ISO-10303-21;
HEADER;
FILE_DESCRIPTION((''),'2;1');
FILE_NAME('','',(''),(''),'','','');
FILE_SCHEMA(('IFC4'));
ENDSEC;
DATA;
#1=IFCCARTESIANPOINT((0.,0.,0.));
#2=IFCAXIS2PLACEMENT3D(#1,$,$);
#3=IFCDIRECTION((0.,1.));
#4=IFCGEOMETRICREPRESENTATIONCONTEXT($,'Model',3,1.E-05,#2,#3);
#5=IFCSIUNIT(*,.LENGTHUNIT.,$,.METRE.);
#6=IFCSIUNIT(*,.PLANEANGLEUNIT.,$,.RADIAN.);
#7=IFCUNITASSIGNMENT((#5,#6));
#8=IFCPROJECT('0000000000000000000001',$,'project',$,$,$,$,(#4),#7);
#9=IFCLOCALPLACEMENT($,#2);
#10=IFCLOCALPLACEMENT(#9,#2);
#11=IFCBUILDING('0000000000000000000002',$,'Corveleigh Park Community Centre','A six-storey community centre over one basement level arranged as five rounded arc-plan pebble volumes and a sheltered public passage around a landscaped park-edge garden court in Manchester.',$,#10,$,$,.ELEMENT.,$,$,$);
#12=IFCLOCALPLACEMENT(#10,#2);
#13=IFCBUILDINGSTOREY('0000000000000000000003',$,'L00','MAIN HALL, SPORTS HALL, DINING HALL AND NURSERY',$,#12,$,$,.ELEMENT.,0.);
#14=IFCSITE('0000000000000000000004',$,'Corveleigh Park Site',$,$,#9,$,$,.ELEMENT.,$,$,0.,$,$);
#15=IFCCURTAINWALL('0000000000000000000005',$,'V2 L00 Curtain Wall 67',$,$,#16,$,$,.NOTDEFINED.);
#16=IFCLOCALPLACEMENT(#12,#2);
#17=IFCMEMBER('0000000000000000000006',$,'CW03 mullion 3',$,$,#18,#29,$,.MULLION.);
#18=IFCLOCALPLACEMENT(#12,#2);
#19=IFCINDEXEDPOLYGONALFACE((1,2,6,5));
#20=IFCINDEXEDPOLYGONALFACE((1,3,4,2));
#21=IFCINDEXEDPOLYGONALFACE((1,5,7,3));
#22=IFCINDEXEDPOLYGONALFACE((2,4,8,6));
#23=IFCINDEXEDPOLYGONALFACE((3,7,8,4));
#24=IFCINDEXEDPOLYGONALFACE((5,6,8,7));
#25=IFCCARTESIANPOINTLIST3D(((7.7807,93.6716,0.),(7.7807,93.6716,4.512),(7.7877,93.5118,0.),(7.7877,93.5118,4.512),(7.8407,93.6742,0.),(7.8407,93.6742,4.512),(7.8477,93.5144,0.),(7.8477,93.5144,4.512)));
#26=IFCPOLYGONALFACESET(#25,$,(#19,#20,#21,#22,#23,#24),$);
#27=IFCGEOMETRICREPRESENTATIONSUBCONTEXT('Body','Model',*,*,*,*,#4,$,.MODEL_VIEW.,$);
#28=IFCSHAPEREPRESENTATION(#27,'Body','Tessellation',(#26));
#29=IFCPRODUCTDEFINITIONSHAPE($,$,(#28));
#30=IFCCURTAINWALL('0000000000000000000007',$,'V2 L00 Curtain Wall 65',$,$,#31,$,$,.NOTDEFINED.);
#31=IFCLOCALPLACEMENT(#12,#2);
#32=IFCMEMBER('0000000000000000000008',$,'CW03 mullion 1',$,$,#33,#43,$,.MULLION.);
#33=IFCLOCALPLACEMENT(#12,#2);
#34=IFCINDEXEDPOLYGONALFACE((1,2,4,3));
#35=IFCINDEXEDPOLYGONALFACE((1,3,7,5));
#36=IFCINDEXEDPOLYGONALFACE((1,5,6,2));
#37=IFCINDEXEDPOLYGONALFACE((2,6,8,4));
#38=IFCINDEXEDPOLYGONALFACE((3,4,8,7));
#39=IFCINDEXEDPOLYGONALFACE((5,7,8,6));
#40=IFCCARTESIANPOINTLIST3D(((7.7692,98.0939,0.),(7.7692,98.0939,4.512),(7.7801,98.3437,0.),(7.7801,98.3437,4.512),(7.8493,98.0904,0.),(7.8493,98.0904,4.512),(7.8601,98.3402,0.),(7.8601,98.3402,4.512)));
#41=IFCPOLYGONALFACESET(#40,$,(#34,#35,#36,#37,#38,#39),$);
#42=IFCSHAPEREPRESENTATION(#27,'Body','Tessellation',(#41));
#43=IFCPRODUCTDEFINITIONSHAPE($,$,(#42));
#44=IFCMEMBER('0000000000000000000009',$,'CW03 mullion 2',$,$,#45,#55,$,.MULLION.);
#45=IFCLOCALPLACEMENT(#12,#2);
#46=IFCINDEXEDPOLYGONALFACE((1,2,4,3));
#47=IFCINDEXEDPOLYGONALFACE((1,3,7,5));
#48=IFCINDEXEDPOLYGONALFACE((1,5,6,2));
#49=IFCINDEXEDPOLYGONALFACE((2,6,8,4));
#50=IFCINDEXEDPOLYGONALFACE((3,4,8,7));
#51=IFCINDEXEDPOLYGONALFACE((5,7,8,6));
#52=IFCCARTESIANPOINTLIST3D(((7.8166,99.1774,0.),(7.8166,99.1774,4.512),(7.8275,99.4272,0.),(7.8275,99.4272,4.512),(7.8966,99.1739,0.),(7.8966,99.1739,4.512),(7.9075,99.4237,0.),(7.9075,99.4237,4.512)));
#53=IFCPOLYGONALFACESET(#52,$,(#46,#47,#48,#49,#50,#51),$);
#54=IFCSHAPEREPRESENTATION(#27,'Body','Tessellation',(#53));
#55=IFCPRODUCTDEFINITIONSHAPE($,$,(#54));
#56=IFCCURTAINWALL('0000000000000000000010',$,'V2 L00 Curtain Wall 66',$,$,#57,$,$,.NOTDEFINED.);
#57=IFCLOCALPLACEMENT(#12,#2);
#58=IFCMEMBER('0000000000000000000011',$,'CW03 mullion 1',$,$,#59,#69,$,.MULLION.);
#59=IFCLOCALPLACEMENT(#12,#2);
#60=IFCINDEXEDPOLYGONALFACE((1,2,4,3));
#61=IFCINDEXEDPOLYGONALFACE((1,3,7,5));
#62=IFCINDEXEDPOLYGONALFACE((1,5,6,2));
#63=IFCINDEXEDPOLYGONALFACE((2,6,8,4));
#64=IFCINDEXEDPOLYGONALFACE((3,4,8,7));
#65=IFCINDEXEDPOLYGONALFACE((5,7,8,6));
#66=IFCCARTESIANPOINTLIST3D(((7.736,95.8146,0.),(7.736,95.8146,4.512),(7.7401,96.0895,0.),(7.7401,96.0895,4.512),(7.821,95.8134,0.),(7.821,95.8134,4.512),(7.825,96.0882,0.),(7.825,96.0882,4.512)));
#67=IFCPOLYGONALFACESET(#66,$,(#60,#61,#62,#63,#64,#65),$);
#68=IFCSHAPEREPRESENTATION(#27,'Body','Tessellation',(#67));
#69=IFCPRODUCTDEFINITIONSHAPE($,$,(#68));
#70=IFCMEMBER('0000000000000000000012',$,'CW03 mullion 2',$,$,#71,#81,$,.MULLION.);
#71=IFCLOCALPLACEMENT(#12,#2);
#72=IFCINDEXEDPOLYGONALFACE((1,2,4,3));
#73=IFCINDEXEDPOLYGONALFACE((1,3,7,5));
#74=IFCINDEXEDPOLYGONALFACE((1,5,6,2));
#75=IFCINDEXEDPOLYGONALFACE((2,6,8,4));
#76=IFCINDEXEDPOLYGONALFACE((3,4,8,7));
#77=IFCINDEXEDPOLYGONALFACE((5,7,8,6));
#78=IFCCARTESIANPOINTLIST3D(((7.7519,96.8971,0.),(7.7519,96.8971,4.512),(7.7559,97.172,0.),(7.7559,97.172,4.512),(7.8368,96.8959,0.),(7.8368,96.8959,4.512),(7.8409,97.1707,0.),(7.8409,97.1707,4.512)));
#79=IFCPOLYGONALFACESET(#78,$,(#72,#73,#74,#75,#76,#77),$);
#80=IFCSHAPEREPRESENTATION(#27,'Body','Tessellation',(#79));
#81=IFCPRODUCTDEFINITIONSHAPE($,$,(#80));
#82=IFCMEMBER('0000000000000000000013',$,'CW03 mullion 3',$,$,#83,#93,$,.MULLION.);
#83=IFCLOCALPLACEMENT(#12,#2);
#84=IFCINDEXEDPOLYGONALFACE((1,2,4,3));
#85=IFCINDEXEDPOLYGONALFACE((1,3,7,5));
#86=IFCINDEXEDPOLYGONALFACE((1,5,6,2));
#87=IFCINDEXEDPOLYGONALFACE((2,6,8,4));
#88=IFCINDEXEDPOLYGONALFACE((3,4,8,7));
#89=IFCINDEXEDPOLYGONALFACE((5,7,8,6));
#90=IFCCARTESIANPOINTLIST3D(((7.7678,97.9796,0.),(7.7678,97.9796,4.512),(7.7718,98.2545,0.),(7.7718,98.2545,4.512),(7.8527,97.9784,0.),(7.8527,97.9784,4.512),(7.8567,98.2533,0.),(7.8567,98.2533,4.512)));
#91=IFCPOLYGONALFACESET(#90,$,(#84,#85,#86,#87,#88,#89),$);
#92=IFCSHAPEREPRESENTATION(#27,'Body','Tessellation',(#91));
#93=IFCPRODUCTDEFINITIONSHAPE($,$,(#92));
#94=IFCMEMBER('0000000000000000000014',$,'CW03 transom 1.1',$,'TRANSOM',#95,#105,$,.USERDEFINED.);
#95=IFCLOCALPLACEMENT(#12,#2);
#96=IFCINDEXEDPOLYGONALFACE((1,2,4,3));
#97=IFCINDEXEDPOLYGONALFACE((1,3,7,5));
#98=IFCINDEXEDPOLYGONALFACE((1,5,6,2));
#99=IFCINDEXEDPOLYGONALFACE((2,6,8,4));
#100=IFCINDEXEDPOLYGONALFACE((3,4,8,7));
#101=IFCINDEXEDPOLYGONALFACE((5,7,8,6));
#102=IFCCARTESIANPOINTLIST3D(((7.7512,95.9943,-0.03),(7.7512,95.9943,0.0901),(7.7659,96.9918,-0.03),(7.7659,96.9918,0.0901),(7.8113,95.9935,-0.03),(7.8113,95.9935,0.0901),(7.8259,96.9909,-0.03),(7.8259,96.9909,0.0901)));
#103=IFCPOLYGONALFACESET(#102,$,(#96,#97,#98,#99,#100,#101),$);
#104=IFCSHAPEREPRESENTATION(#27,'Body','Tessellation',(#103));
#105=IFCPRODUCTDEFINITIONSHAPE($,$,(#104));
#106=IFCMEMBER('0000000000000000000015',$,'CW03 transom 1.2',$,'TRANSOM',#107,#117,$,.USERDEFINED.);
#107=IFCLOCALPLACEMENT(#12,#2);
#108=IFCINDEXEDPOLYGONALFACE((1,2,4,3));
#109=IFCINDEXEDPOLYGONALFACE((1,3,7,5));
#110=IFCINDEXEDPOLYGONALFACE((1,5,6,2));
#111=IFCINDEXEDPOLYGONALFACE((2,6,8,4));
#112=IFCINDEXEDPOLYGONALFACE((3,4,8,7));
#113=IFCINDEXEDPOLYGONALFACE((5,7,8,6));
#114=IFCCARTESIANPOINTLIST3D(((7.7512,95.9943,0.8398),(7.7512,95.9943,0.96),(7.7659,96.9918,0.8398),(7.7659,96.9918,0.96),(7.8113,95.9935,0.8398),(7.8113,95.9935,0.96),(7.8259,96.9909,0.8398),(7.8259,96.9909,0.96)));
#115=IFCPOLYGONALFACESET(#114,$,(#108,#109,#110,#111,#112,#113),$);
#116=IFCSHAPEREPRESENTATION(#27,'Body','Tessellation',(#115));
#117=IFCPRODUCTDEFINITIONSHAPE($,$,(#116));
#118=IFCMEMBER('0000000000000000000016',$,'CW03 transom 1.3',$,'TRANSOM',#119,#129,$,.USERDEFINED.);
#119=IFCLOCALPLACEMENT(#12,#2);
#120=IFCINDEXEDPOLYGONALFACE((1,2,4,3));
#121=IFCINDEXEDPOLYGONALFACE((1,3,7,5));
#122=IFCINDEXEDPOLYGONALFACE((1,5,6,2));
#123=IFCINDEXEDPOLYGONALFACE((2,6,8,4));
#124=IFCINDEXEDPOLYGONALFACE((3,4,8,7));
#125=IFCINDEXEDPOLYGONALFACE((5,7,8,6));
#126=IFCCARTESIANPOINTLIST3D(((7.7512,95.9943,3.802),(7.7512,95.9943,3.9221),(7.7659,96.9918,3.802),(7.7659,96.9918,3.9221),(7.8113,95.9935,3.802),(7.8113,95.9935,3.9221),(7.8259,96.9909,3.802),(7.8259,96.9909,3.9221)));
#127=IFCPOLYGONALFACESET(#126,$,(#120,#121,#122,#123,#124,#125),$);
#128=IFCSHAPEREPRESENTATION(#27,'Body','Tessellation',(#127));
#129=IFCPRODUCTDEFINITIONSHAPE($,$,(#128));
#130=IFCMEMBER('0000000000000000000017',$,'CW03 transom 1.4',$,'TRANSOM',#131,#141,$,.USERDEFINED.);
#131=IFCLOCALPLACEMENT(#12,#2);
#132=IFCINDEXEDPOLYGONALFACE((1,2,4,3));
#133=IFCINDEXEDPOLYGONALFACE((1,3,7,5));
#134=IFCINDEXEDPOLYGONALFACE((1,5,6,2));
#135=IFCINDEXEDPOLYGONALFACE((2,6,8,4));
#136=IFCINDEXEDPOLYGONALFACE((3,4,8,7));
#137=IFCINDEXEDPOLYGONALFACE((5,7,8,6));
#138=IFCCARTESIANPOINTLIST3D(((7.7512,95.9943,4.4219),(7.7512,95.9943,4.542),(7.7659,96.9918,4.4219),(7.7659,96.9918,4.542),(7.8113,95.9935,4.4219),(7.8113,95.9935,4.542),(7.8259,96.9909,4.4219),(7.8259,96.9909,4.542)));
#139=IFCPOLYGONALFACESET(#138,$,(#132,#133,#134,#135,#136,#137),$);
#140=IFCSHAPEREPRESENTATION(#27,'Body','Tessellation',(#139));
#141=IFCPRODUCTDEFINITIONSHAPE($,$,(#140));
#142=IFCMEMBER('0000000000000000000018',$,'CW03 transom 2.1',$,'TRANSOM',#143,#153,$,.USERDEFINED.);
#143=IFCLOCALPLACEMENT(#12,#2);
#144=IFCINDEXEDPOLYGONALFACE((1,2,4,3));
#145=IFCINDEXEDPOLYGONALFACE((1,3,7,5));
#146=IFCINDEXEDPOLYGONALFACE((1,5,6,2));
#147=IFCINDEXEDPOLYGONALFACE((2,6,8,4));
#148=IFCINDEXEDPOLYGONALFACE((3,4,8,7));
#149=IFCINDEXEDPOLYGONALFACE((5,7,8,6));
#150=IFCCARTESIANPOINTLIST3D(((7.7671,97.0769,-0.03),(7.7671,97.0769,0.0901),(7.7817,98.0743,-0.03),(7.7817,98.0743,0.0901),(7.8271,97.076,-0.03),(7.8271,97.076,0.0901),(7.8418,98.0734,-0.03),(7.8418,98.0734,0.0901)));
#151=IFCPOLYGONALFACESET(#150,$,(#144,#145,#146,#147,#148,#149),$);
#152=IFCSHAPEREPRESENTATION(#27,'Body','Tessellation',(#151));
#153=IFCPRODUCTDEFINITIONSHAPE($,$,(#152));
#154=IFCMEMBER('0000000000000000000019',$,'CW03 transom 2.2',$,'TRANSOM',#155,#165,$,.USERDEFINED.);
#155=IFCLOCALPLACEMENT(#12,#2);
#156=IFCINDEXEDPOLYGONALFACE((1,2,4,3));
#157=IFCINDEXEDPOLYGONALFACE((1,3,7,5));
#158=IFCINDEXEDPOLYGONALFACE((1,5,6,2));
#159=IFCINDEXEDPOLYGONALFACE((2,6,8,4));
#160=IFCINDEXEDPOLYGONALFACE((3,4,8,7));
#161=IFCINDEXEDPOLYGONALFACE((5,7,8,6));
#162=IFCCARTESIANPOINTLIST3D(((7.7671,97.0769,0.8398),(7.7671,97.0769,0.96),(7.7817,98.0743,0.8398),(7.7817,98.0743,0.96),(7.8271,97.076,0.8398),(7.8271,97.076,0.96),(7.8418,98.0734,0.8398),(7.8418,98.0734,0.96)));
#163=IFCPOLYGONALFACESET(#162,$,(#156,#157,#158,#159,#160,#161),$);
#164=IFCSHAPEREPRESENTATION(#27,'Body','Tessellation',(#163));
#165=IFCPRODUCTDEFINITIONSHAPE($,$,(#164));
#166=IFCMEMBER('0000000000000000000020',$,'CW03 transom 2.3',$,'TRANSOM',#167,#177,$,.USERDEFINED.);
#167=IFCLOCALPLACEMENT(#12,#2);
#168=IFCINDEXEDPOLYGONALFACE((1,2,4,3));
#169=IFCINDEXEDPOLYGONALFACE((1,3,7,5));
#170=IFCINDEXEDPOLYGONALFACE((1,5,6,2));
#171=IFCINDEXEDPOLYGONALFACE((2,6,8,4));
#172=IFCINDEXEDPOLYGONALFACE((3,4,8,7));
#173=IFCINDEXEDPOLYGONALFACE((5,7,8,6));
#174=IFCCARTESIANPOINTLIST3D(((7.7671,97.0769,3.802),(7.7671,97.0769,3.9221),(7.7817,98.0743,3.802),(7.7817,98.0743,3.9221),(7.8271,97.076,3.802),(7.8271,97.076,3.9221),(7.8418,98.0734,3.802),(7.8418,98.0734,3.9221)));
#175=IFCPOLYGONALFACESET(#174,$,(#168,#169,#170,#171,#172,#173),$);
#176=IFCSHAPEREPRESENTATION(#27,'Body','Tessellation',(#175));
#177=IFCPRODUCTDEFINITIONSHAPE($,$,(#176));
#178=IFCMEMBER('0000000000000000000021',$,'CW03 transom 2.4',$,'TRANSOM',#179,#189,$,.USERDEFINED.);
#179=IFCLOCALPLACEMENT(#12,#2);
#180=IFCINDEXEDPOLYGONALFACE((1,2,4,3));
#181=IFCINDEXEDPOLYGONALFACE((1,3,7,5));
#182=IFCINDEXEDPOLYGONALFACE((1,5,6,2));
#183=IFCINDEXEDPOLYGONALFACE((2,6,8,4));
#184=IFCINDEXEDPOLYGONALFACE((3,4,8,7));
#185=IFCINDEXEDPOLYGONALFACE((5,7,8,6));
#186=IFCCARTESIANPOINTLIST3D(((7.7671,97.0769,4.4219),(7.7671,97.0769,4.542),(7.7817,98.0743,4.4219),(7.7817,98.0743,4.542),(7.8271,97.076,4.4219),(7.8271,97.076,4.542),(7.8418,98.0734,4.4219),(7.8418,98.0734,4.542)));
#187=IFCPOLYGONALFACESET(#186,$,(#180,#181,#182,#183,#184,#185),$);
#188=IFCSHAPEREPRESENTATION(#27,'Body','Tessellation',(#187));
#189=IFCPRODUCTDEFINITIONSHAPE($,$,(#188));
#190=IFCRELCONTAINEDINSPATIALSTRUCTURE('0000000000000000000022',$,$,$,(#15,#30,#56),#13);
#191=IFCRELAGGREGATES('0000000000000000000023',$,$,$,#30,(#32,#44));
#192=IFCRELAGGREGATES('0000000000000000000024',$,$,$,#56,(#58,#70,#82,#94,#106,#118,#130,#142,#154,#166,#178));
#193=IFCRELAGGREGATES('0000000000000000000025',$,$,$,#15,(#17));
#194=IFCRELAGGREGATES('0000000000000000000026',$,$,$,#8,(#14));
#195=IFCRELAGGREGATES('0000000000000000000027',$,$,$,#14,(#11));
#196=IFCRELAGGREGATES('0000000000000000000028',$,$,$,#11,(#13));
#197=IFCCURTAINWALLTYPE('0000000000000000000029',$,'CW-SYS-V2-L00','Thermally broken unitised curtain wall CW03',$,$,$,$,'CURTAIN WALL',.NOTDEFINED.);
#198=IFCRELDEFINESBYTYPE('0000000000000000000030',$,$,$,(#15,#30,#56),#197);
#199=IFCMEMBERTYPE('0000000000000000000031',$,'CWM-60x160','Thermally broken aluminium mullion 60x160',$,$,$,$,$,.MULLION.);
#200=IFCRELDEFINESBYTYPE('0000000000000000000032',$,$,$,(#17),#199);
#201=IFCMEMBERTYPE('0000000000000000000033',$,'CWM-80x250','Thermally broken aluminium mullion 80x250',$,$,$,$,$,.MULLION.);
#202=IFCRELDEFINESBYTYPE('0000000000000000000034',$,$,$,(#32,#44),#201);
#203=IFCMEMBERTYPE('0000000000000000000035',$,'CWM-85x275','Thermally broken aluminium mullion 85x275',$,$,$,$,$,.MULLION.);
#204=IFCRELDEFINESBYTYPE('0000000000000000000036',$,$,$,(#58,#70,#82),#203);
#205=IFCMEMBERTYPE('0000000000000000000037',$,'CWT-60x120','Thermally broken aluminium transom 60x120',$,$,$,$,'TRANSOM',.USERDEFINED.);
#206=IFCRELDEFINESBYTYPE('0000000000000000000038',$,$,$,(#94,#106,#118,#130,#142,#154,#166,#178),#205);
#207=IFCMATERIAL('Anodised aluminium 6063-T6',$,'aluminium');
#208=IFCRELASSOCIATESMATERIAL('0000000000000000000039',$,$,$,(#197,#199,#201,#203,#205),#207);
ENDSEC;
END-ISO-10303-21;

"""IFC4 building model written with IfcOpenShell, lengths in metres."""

from ifc_helpers import new_model, si_unit, direction, frame, origin, origin_2d, place, context, subcontext, project, spatial, rectangle, extrude, material, material_profile, profile_set, type_object, element, aggregate, save


model = new_model("IFC4")

# Units and contexts
model_context = context("Model", 3, precision=1e-05, world=origin(), true_north=direction((0.0, 1.0)))
body_context = subcontext(model_context, "Body", "Model", "MODEL_VIEW")
ifc_project = project(units=[si_unit("LENGTHUNIT", "METRE"), si_unit("PLANEANGLEUNIT", "RADIAN")], contexts=[model_context])

# Site, building, storey
site_placement = place(None, origin())
site = spatial("IfcSite", under=ifc_project, at=site_placement, Name="Corveleigh Park Site", CompositionType="ELEMENT", RefElevation=0.0)
building_placement = place(site_placement, origin())
building = spatial("IfcBuilding", under=site, at=building_placement, Name="Corveleigh Park Community Centre", Description="A six-storey community centre over one basement level arranged as five rounded arc-plan pebble volumes and a sheltered public passage around a landscaped park-edge garden court in Manchester.", CompositionType="ELEMENT")
storey_placement = place(building_placement, origin())
storey = spatial("IfcBuildingStorey", under=building, at=storey_placement, Name="L00", Description="MAIN HALL, SPORTS HALL, DINING HALL AND NURSERY", CompositionType="ELEMENT", Elevation=0.0)

# Curtain wall, member
ifc_material_1 = material(Name="Anodised aluminium 6063-T6", Category="aluminium")
curtain_wall_type = type_object("IfcCurtainWallType", Name="CW-SYS-V2-L00", Description="Thermally broken unitised curtain wall CW03", ElementType="CURTAIN WALL", PredefinedType="NOTDEFINED", material=ifc_material_1)
curtain_wall_1_placement = place(storey_placement, origin())
curtain_wall_1 = element("IfcCurtainWall", 1, at=curtain_wall_1_placement, inside=storey, type_object=curtain_wall_type, Name="V2 L00 Curtain Wall 67", PredefinedType="NOTDEFINED")
ifc_material_profile_1 = material_profile(ifc_material_1, rectangle(XDim=0.0601, YDim=0.1599, at=origin_2d()), Name="ALU-M60x160", Category="aluminium")
ifc_profile_set_1 = profile_set([ifc_material_profile_1], Name="Anodised aluminium 6063-T6")
member_type_1 = type_object("IfcMemberType", Name="CWM-60x160", Description="Thermally broken aluminium mullion 60x160", PredefinedType="MULLION", material=ifc_profile_set_1)
member_1_placement = place(storey_placement, frame((7.8142, 93.593, 0.0), z_axis=(0.0, 0.0, 1.0), x_axis=(-0.99905, -0.043572, 0.0)))
member_1 = element("IfcMember", 2, at=member_1_placement, type_object=member_type_1, Name="CW03 mullion 3", PredefinedType="MULLION", context=body_context, shape_type="SweptSolid", body=[
    extrude(rectangle(XDim=0.0601, YDim=0.1599, at=origin_2d()), origin(), (0.0, 0.0, 1.0), 4.512),
])

# Curtain walls, members
curtain_wall_2_placement = place(storey_placement, origin())
curtain_wall_2 = element("IfcCurtainWall", 3, at=curtain_wall_2_placement, inside=storey, type_object=curtain_wall_type, Name="V2 L00 Curtain Wall 65", PredefinedType="NOTDEFINED")
ifc_material_profile_2 = material_profile(ifc_material_1, rectangle(XDim=0.0801, YDim=0.25, at=origin_2d()), Name="ALU-M80x250", Category="aluminium")
ifc_profile_set_2 = profile_set([ifc_material_profile_2], Name="Anodised aluminium 6063-T6")
member_type_2 = type_object("IfcMemberType", Name="CWM-80x250", Description="Thermally broken aluminium mullion 80x250", PredefinedType="MULLION", material=ifc_profile_set_2)
member_2_placement = place(storey_placement, frame((7.8147, 98.217, 0.0), z_axis=(0.0, 0.0, 1.0), x_axis=(-0.99905, 0.043572, 0.0)))
member_2 = element("IfcMember", 4, at=member_2_placement, type_object=member_type_2, Name="CW03 mullion 1", PredefinedType="MULLION", context=body_context, shape_type="SweptSolid", body=[
    extrude(rectangle(XDim=0.0801, YDim=0.25, at=origin_2d()), origin(), (0.0, 0.0, 1.0), 4.512),
])
member_3_placement = place(storey_placement, frame((7.8621, 99.3005, 0.0), z_axis=(0.0, 0.0, 1.0), x_axis=(-0.99905, 0.043572, 0.0)))
member_3 = element("IfcMember", 5, at=member_3_placement, type_object=member_type_2, Name="CW03 mullion 2", PredefinedType="MULLION", context=body_context, shape_type="SweptSolid", body=[
    extrude(rectangle(XDim=0.0801, YDim=0.25, at=origin_2d()), origin(), (0.0, 0.0, 1.0), 4.512),
])
curtain_wall_3_placement = place(storey_placement, origin())
curtain_wall_3 = element("IfcCurtainWall", 6, at=curtain_wall_3_placement, inside=storey, type_object=curtain_wall_type, Name="V2 L00 Curtain Wall 66", PredefinedType="NOTDEFINED")
ifc_material_profile_3 = material_profile(ifc_material_1, rectangle(XDim=0.085, YDim=0.2749, at=origin_2d()), Name="ALU-M85x275", Category="aluminium")
ifc_profile_set_3 = profile_set([ifc_material_profile_3], Name="Anodised aluminium 6063-T6")
member_type_3 = type_object("IfcMemberType", Name="CWM-85x275", Description="Thermally broken aluminium mullion 85x275", PredefinedType="MULLION", material=ifc_profile_set_3)
member_4_placement = place(storey_placement, frame((7.7805, 95.9514, 0.0), z_axis=(0.0, 0.0, 1.0), x_axis=(-0.999892, 0.014665, 0.0)))
member_4 = element("IfcMember", 7, at=member_4_placement, type_object=member_type_3, Name="CW03 mullion 1", PredefinedType="MULLION", context=body_context, shape_type="SweptSolid", body=[
    extrude(rectangle(XDim=0.085, YDim=0.2749, at=origin_2d()), origin(), (0.0, 0.0, 1.0), 4.512),
])
member_5_placement = place(storey_placement, frame((7.7964, 97.0339, 0.0), z_axis=(0.0, 0.0, 1.0), x_axis=(-0.999892, 0.014665, 0.0)))
member_5 = element("IfcMember", 8, at=member_5_placement, type_object=member_type_3, Name="CW03 mullion 2", PredefinedType="MULLION", context=body_context, shape_type="SweptSolid", body=[
    extrude(rectangle(XDim=0.085, YDim=0.2749, at=origin_2d()), origin(), (0.0, 0.0, 1.0), 4.512),
])
member_6_placement = place(storey_placement, frame((7.8123, 98.1165, 0.0), z_axis=(0.0, 0.0, 1.0), x_axis=(-0.999892, 0.014665, 0.0)))
member_6 = element("IfcMember", 9, at=member_6_placement, type_object=member_type_3, Name="CW03 mullion 3", PredefinedType="MULLION", context=body_context, shape_type="SweptSolid", body=[
    extrude(rectangle(XDim=0.085, YDim=0.2749, at=origin_2d()), origin(), (0.0, 0.0, 1.0), 4.512),
])
ifc_material_profile_4 = material_profile(ifc_material_1, rectangle(XDim=0.0601, YDim=0.1201, at=origin_2d()), Name="ALU-T60x120", Category="aluminium")
ifc_profile_set_4 = profile_set([ifc_material_profile_4], Name="Anodised aluminium 6063-T6")
member_type_4 = type_object("IfcMemberType", Name="CWT-60x120", Description="Thermally broken aluminium transom 60x120", ElementType="TRANSOM", PredefinedType="USERDEFINED", material=ifc_profile_set_4)
member_7_placement = place(storey_placement, frame((7.7812, 95.9939, 0.03), z_axis=(0.014683, 0.999892, 0.0), x_axis=(-0.999892, 0.014683, 0.0)))
member_7 = element("IfcMember", 10, at=member_7_placement, type_object=member_type_4, Name="CW03 transom 1.1", ObjectType="TRANSOM", PredefinedType="USERDEFINED", context=body_context, shape_type="SweptSolid", body=[
    extrude(rectangle(XDim=0.0601, YDim=0.1201, at=origin_2d()), origin(), (0.0, 0.0, 1.0), 0.9976),
])
member_8_placement = place(storey_placement, frame((7.7812, 95.9939, 0.8999), z_axis=(0.014683, 0.999892, 0.0), x_axis=(-0.999892, 0.014683, 0.0)))
member_8 = element("IfcMember", 11, at=member_8_placement, type_object=member_type_4, Name="CW03 transom 1.2", ObjectType="TRANSOM", PredefinedType="USERDEFINED", context=body_context, shape_type="SweptSolid", body=[
    extrude(rectangle(XDim=0.0601, YDim=0.1201, at=origin_2d()), origin(), (0.0, 0.0, 1.0), 0.9976),
])
member_9_placement = place(storey_placement, frame((7.7812, 95.9939, 3.8621), z_axis=(0.014683, 0.999892, 0.0), x_axis=(-0.999892, 0.014683, 0.0)))
member_9 = element("IfcMember", 12, at=member_9_placement, type_object=member_type_4, Name="CW03 transom 1.3", ObjectType="TRANSOM", PredefinedType="USERDEFINED", context=body_context, shape_type="SweptSolid", body=[
    extrude(rectangle(XDim=0.0601, YDim=0.1201, at=origin_2d()), origin(), (0.0, 0.0, 1.0), 0.9976),
])
member_10_placement = place(storey_placement, frame((7.7812, 95.9939, 4.4819), z_axis=(0.014683, 0.999892, 0.0), x_axis=(-0.999892, 0.014683, 0.0)))
member_10 = element("IfcMember", 13, at=member_10_placement, type_object=member_type_4, Name="CW03 transom 1.4", ObjectType="TRANSOM", PredefinedType="USERDEFINED", context=body_context, shape_type="SweptSolid", body=[
    extrude(rectangle(XDim=0.0601, YDim=0.1201, at=origin_2d()), origin(), (0.0, 0.0, 1.0), 0.9976),
])
member_11_placement = place(storey_placement, frame((7.7971, 97.0764, 0.03), z_axis=(0.014683, 0.999892, 0.0), x_axis=(-0.999892, 0.014683, 0.0)))
member_11 = element("IfcMember", 14, at=member_11_placement, type_object=member_type_4, Name="CW03 transom 2.1", ObjectType="TRANSOM", PredefinedType="USERDEFINED", context=body_context, shape_type="SweptSolid", body=[
    extrude(rectangle(XDim=0.0601, YDim=0.1201, at=origin_2d()), origin(), (0.0, 0.0, 1.0), 0.9976),
])
member_12_placement = place(storey_placement, frame((7.7971, 97.0764, 0.8999), z_axis=(0.014683, 0.999892, 0.0), x_axis=(-0.999892, 0.014683, 0.0)))
member_12 = element("IfcMember", 15, at=member_12_placement, type_object=member_type_4, Name="CW03 transom 2.2", ObjectType="TRANSOM", PredefinedType="USERDEFINED", context=body_context, shape_type="SweptSolid", body=[
    extrude(rectangle(XDim=0.0601, YDim=0.1201, at=origin_2d()), origin(), (0.0, 0.0, 1.0), 0.9976),
])
member_13_placement = place(storey_placement, frame((7.7971, 97.0764, 3.8621), z_axis=(0.014683, 0.999892, 0.0), x_axis=(-0.999892, 0.014683, 0.0)))
member_13 = element("IfcMember", 16, at=member_13_placement, type_object=member_type_4, Name="CW03 transom 2.3", ObjectType="TRANSOM", PredefinedType="USERDEFINED", context=body_context, shape_type="SweptSolid", body=[
    extrude(rectangle(XDim=0.0601, YDim=0.1201, at=origin_2d()), origin(), (0.0, 0.0, 1.0), 0.9976),
])
member_14_placement = place(storey_placement, frame((7.7971, 97.0764, 4.4819), z_axis=(0.014683, 0.999892, 0.0), x_axis=(-0.999892, 0.014683, 0.0)))
member_14 = element("IfcMember", 17, at=member_14_placement, type_object=member_type_4, Name="CW03 transom 2.4", ObjectType="TRANSOM", PredefinedType="USERDEFINED", context=body_context, shape_type="SweptSolid", body=[
    extrude(rectangle(XDim=0.0601, YDim=0.1201, at=origin_2d()), origin(), (0.0, 0.0, 1.0), 0.9976),
])

aggregate(curtain_wall_2, [member_2, member_3])
aggregate(curtain_wall_3, [member_4, member_5, member_6, member_7, member_8, member_9, member_10, member_11, member_12, member_13, member_14])
aggregate(curtain_wall_1, [member_1])

save(model, "model.ifc")
